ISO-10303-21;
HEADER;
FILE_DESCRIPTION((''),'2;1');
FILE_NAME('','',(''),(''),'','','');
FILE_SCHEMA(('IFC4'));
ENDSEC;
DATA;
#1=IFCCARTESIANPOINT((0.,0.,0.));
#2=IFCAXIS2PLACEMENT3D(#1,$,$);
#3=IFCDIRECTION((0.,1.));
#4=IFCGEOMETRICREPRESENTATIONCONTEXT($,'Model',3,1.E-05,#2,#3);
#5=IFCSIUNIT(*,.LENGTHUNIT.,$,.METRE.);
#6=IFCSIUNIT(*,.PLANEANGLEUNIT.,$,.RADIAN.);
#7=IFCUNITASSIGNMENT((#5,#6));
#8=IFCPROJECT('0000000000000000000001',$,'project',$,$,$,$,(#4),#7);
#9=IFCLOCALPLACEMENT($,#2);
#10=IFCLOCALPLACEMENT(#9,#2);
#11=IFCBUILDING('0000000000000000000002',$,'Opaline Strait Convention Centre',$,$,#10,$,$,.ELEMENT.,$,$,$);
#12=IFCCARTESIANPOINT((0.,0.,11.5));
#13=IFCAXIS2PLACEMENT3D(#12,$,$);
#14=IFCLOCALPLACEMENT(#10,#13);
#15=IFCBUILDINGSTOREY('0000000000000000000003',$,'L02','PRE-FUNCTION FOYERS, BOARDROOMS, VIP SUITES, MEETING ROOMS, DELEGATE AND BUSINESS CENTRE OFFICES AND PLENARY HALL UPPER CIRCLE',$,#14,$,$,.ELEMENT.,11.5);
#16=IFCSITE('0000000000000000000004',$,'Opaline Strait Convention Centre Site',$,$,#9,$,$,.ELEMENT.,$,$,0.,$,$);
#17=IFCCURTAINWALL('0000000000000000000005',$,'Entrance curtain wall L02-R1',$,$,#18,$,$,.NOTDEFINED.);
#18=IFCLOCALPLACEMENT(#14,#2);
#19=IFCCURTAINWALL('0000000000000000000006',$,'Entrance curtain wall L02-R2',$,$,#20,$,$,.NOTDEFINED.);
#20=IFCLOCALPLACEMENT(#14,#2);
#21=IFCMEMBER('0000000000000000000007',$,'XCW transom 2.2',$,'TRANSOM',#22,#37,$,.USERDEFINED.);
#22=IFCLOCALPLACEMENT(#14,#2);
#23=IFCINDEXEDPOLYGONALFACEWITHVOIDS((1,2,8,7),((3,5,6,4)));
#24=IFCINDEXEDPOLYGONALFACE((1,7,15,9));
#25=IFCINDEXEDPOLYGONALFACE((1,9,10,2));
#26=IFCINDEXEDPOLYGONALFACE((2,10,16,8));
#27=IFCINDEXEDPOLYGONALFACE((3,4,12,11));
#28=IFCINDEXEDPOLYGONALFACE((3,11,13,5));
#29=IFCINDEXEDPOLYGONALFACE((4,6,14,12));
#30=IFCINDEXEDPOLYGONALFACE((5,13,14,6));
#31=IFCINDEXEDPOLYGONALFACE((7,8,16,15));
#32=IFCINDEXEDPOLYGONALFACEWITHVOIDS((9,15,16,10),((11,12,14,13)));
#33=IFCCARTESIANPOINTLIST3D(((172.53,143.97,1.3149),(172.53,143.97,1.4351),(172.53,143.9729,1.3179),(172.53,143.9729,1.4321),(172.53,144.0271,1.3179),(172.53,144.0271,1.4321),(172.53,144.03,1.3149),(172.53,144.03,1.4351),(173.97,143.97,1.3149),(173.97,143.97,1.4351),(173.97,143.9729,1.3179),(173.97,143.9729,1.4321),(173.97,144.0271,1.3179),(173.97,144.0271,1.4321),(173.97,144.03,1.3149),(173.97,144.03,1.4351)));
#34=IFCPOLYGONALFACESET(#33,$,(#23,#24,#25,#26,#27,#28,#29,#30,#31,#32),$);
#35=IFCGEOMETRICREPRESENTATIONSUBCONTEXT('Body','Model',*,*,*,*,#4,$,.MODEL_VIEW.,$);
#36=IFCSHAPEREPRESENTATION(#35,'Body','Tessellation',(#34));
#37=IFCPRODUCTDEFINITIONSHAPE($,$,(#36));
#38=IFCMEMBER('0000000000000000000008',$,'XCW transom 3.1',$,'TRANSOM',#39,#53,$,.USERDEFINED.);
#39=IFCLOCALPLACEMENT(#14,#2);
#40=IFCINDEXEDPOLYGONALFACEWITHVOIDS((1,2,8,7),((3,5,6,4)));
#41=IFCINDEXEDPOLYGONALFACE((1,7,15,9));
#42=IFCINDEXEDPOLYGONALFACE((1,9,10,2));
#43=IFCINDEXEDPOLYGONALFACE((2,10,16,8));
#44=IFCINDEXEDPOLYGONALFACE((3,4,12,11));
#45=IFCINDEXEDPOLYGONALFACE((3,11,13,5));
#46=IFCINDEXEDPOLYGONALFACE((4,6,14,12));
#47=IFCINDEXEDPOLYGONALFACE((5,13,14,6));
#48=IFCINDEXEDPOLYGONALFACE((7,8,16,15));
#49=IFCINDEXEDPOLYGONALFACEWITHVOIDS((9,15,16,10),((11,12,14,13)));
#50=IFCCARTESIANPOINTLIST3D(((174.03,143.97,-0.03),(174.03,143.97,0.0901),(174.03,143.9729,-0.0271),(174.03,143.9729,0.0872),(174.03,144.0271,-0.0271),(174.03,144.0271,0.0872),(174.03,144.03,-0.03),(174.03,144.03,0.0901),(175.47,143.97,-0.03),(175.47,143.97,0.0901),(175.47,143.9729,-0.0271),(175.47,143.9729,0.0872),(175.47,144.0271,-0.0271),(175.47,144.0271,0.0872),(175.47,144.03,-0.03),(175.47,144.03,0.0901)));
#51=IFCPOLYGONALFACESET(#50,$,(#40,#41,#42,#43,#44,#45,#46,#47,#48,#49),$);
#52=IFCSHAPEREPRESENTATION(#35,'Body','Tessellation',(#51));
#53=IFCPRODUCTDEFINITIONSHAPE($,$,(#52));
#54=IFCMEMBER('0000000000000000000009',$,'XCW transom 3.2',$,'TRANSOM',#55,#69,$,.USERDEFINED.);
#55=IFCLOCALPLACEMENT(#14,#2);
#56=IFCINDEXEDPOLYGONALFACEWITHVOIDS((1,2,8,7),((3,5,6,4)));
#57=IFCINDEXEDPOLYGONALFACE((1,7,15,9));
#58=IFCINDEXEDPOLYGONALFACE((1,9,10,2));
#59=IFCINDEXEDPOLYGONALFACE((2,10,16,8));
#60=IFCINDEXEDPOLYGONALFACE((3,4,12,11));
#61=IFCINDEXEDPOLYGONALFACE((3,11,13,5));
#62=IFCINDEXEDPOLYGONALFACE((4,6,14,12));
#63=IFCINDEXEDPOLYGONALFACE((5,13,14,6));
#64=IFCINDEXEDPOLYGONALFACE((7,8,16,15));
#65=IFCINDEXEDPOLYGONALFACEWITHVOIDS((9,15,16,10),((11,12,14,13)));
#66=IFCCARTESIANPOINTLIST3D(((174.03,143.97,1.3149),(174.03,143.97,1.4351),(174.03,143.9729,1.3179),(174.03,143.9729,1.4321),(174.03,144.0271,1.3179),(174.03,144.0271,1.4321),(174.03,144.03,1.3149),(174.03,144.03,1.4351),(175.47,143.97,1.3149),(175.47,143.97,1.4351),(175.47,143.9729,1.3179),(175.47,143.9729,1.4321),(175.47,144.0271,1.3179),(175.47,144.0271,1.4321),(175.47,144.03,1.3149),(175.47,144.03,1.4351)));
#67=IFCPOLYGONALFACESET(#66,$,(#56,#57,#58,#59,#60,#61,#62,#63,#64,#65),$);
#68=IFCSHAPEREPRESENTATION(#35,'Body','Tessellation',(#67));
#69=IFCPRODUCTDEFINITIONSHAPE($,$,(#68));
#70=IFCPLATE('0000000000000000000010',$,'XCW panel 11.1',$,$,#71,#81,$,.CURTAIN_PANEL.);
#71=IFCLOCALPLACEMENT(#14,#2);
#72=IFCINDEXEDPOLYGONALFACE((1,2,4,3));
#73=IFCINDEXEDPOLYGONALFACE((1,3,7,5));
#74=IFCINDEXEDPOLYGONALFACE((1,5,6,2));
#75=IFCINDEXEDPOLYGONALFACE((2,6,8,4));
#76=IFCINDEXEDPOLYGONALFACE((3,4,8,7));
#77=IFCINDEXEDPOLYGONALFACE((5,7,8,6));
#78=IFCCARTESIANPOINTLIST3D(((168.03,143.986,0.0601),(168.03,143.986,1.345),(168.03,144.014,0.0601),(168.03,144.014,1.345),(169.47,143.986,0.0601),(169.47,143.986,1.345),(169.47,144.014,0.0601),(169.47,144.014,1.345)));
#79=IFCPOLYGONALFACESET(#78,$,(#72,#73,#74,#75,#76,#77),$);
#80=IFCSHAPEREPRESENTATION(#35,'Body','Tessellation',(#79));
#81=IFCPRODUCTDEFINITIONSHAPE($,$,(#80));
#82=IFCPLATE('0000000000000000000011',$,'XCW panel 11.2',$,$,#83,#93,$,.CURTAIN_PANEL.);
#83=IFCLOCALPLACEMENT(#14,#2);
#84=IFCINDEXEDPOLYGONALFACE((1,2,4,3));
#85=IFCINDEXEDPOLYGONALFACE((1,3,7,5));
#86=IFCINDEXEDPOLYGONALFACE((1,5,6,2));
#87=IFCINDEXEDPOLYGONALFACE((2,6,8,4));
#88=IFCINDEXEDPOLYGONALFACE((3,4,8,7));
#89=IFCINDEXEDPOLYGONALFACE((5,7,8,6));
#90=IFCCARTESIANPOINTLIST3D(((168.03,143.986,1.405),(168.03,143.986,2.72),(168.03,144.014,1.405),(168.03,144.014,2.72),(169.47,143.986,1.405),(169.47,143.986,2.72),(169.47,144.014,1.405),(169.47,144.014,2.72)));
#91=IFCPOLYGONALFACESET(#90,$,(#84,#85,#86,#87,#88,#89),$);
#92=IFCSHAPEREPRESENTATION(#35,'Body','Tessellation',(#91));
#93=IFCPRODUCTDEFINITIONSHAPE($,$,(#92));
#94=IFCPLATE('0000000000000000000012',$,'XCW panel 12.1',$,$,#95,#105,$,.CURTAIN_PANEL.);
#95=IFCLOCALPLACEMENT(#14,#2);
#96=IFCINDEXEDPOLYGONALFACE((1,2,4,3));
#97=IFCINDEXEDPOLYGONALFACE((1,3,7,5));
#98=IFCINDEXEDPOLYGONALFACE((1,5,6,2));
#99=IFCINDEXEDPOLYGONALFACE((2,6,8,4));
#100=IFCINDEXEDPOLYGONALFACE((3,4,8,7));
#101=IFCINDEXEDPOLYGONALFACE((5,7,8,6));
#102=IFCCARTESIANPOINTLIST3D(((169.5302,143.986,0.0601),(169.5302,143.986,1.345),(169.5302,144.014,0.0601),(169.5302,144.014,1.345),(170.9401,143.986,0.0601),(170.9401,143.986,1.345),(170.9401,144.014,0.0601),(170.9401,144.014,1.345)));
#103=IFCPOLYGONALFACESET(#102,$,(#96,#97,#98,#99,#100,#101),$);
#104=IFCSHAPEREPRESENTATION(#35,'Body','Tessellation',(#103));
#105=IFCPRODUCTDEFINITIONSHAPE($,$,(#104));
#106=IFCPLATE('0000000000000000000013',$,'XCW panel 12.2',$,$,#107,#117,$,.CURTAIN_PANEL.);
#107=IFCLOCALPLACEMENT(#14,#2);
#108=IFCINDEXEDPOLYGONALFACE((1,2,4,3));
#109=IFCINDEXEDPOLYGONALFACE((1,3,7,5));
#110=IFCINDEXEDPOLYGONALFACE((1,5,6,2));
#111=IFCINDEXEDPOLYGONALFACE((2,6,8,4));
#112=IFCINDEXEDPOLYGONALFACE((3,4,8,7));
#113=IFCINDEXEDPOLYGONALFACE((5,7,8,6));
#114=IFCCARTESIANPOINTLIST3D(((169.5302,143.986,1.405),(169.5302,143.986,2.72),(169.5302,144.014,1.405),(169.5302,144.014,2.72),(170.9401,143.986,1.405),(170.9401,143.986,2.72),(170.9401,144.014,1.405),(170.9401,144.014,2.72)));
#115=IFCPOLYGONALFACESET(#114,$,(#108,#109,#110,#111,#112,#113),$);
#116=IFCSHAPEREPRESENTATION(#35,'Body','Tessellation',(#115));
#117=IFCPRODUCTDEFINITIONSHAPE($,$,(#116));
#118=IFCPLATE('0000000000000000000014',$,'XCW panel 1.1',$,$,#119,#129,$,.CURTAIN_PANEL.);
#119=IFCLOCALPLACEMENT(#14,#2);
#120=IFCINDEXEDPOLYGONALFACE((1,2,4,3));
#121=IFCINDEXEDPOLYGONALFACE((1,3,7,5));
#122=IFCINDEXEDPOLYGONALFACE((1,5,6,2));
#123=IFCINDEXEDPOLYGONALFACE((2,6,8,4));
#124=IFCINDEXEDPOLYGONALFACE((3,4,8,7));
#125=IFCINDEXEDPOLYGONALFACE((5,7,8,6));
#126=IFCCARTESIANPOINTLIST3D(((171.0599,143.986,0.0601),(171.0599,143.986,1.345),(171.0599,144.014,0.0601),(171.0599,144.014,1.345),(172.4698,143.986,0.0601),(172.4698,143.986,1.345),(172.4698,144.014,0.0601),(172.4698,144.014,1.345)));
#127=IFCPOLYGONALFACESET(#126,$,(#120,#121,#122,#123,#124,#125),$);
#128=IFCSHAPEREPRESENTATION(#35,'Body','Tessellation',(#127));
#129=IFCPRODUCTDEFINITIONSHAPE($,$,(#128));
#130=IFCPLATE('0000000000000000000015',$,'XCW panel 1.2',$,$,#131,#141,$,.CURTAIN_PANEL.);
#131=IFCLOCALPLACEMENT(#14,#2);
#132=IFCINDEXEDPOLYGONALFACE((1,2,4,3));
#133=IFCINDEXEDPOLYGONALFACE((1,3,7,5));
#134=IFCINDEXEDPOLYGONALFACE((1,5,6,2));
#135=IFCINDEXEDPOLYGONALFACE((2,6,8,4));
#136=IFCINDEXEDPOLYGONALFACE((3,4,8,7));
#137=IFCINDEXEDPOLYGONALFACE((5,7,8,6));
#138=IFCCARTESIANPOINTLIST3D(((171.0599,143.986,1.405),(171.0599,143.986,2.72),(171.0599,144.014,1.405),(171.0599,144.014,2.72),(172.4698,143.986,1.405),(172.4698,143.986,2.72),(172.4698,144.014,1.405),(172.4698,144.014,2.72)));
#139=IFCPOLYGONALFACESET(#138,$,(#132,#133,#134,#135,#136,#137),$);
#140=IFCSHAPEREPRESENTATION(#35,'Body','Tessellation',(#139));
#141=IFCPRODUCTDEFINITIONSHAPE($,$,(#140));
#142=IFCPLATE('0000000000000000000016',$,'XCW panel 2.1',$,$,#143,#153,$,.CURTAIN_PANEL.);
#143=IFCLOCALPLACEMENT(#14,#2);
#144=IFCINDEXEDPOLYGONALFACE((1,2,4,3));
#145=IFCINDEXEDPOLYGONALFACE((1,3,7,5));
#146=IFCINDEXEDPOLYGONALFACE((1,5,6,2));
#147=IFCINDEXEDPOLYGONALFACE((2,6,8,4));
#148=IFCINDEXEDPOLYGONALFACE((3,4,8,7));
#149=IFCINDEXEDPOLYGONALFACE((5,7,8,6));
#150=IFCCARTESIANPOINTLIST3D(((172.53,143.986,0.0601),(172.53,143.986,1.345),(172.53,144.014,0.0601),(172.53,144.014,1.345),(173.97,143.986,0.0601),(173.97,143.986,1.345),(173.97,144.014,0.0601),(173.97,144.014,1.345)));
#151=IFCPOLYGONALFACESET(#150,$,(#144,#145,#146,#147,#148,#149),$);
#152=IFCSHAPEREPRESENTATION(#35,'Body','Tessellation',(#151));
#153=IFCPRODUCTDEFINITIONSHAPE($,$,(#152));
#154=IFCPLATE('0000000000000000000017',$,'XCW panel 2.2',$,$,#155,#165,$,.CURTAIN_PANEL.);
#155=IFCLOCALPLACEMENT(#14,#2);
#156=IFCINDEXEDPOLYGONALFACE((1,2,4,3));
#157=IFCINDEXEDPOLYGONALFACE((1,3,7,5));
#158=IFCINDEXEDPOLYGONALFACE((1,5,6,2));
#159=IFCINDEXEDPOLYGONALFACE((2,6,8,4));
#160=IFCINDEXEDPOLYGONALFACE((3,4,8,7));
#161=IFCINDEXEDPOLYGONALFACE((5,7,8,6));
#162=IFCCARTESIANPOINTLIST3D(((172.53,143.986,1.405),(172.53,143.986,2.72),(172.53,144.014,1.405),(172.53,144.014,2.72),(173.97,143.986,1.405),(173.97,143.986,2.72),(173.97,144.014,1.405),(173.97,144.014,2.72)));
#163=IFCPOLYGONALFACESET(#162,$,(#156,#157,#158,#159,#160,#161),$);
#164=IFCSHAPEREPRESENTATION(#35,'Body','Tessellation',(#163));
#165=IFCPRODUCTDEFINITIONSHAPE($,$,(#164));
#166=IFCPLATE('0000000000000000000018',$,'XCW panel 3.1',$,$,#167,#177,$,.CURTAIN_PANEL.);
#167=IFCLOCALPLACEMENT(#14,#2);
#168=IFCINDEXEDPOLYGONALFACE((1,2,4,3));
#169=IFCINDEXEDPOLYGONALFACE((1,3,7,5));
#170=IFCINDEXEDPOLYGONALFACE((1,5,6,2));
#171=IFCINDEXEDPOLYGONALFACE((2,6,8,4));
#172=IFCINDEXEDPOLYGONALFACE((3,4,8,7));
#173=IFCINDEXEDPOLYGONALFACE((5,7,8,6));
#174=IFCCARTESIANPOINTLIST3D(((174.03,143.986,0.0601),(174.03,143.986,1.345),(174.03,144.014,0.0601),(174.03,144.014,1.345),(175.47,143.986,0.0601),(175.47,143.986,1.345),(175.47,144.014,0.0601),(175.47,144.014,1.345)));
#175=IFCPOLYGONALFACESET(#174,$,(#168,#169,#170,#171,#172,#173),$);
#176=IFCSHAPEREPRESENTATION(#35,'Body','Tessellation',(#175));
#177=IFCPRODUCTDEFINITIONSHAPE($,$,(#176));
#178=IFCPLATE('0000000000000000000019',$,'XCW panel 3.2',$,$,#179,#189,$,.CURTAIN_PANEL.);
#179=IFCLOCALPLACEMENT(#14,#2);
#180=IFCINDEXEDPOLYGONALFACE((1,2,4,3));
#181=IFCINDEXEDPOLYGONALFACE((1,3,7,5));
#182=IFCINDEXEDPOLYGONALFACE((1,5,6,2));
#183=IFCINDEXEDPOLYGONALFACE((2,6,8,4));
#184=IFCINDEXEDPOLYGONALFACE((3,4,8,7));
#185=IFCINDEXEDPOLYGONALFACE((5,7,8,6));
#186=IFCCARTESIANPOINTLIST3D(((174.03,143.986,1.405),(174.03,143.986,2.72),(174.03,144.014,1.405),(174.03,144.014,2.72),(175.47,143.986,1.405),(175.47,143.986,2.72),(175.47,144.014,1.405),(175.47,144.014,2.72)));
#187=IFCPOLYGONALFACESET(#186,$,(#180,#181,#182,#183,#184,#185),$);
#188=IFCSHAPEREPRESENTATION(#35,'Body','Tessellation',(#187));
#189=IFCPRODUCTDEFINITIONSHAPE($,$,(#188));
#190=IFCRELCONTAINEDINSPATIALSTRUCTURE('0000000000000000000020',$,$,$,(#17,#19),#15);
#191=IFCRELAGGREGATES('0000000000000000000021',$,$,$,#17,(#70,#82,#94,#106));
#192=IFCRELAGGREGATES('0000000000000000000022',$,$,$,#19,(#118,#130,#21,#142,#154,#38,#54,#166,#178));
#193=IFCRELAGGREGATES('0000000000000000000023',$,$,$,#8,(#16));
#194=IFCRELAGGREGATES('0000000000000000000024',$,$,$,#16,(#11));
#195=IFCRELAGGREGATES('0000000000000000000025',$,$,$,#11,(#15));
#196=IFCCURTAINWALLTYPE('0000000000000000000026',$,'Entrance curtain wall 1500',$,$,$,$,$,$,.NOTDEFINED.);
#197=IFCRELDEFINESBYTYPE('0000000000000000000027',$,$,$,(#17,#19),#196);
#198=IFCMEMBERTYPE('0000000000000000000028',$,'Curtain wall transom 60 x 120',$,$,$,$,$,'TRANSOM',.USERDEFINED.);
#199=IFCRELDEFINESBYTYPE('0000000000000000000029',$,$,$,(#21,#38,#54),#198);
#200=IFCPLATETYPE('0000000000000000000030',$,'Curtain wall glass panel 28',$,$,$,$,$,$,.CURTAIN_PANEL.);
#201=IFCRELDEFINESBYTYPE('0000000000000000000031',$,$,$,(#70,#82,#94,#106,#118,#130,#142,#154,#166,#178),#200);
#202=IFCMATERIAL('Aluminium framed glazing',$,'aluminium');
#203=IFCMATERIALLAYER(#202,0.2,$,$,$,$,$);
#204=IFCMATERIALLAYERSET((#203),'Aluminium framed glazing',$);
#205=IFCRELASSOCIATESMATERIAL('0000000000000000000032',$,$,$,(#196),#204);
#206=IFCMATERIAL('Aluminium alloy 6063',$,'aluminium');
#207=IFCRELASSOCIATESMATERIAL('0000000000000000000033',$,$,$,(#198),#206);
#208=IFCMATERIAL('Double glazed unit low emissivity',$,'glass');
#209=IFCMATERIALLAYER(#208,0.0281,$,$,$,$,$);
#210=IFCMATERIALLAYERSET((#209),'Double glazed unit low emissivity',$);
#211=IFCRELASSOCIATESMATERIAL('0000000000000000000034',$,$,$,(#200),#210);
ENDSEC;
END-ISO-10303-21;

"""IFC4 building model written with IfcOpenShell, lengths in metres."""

from ifc_helpers import new_model, si_unit, direction, frame, origin, origin_2d, place, context, subcontext, project, spatial, rectangle, hollow_rectangle, extrude, material, layer, layer_set, material_profile, profile_set, type_object, element, aggregate, save


model = new_model("IFC4")

# Units and contexts
model_context = context("Model", 3, precision=1e-05, world=origin(), true_north=direction((0.0, 1.0)))
body_context = subcontext(model_context, "Body", "Model", "MODEL_VIEW")
ifc_project = project(units=[si_unit("LENGTHUNIT", "METRE"), si_unit("PLANEANGLEUNIT", "RADIAN")], contexts=[model_context])

# Site, building, storey
site_placement = place(None, origin())
site = spatial("IfcSite", under=ifc_project, at=site_placement, Name="Opaline Strait Convention Centre Site", CompositionType="ELEMENT", RefElevation=0.0)
building_placement = place(site_placement, origin())
building = spatial("IfcBuilding", under=site, at=building_placement, Name="Opaline Strait Convention Centre", CompositionType="ELEMENT")
storey_placement = place(building_placement, frame((0.0, 0.0, 11.5)))
storey = spatial("IfcBuildingStorey", under=building, at=storey_placement, Name="L02", Description="PRE-FUNCTION FOYERS, BOARDROOMS, VIP SUITES, MEETING ROOMS, DELEGATE AND BUSINESS CENTRE OFFICES AND PLENARY HALL UPPER CIRCLE", CompositionType="ELEMENT", Elevation=11.5)

# Curtain walls
ifc_material_1 = material(Name="Aluminium framed glazing", Category="aluminium")
ifc_layer_1 = layer(ifc_material_1, 0.2)
ifc_layer_set_1 = layer_set([ifc_layer_1], Name="Aluminium framed glazing")
curtain_wall_type = type_object("IfcCurtainWallType", Name="Entrance curtain wall 1500", PredefinedType="NOTDEFINED", material=ifc_layer_set_1)
curtain_wall_1_placement = place(storey_placement, origin())
curtain_wall_1 = element("IfcCurtainWall", 1, at=curtain_wall_1_placement, inside=storey, type_object=curtain_wall_type, Name="Entrance curtain wall L02-R1", PredefinedType="NOTDEFINED")
ifc_material_2 = material(Name="Aluminium alloy 6063", Category="aluminium")
curtain_wall_2_placement = place(storey_placement, origin())
curtain_wall_2 = element("IfcCurtainWall", 2, at=curtain_wall_2_placement, inside=storey, type_object=curtain_wall_type, Name="Entrance curtain wall L02-R2", PredefinedType="NOTDEFINED")

# Members
ifc_material_profile_1 = material_profile(ifc_material_2, hollow_rectangle(XDim=0.0601, YDim=0.1201, WallThickness=0.0029, at=origin_2d()), Name="TRANSOM 60x120x3")
ifc_profile_set_1 = profile_set([ifc_material_profile_1], Name="Aluminium alloy 6063")
member_type_1 = type_object("IfcMemberType", Name="Curtain wall transom 60 x 120", ElementType="TRANSOM", PredefinedType="USERDEFINED", material=ifc_profile_set_1)
member_1_placement = place(storey_placement, frame((172.53, 144.0, 1.375), z_axis=(1.0, 0.0, 0.0), x_axis=(0.0, 1.0, 0.0)))
member_1 = element("IfcMember", 3, at=member_1_placement, type_object=member_type_1, Name="XCW transom 2.2", ObjectType="TRANSOM", PredefinedType="USERDEFINED", context=body_context, shape_type="SweptSolid", body=[
    extrude(hollow_rectangle(XDim=0.0601, YDim=0.1201, WallThickness=0.0029, at=origin_2d()), origin(), (0.0, 0.0, 1.0), 1.4399),
])
member_2_placement = place(storey_placement, frame((174.03, 144.0, 0.03), z_axis=(1.0, 0.0, 0.0), x_axis=(0.0, 1.0, 0.0)))
member_2 = element("IfcMember", 4, at=member_2_placement, type_object=member_type_1, Name="XCW transom 3.1", ObjectType="TRANSOM", PredefinedType="USERDEFINED", context=body_context, shape_type="SweptSolid", body=[
    extrude(hollow_rectangle(XDim=0.0601, YDim=0.1201, WallThickness=0.0029, at=origin_2d()), origin(), (0.0, 0.0, 1.0), 1.4399),
])
member_3_placement = place(storey_placement, frame((174.03, 144.0, 1.375), z_axis=(1.0, 0.0, 0.0), x_axis=(0.0, 1.0, 0.0)))
member_3 = element("IfcMember", 5, at=member_3_placement, type_object=member_type_1, Name="XCW transom 3.2", ObjectType="TRANSOM", PredefinedType="USERDEFINED", context=body_context, shape_type="SweptSolid", body=[
    extrude(hollow_rectangle(XDim=0.0601, YDim=0.1201, WallThickness=0.0029, at=origin_2d()), origin(), (0.0, 0.0, 1.0), 1.4399),
])

# Plates
ifc_material_3 = material(Name="Double glazed unit low emissivity", Category="glass")
ifc_layer_2 = layer(ifc_material_3, 0.0281)
ifc_layer_set_2 = layer_set([ifc_layer_2], Name="Double glazed unit low emissivity")
plate_type = type_object("IfcPlateType", Name="Curtain wall glass panel 28", PredefinedType="CURTAIN_PANEL", material=ifc_layer_set_2)
plate_1_placement = place(storey_placement, frame((168.75, 144.0, 0.0601), z_axis=(0.0, 0.0, 1.0), x_axis=(1.0, 0.0, 0.0)))
plate_1 = element("IfcPlate", 6, at=plate_1_placement, type_object=plate_type, Name="XCW panel 11.1", PredefinedType="CURTAIN_PANEL", context=body_context, shape_type="SweptSolid", body=[
    extrude(rectangle(XDim=1.4399, YDim=0.0281, at=origin_2d()), origin(), (0.0, 0.0, 1.0), 1.2849),
])
plate_2_placement = place(storey_placement, frame((168.75, 144.0, 1.405), z_axis=(0.0, 0.0, 1.0), x_axis=(1.0, 0.0, 0.0)))
plate_2 = element("IfcPlate", 7, at=plate_2_placement, type_object=plate_type, Name="XCW panel 11.2", PredefinedType="CURTAIN_PANEL", context=body_context, shape_type="SweptSolid", body=[
    extrude(rectangle(XDim=1.4399, YDim=0.0281, at=origin_2d()), origin(), (0.0, 0.0, 1.0), 1.3149),
])
plate_3_placement = place(storey_placement, frame((170.2351, 144.0, 0.0601), z_axis=(0.0, 0.0, 1.0), x_axis=(1.0, 0.0, 0.0)))
plate_3 = element("IfcPlate", 8, at=plate_3_placement, type_object=plate_type, Name="XCW panel 12.1", PredefinedType="CURTAIN_PANEL", context=body_context, shape_type="SweptSolid", body=[
    extrude(rectangle(XDim=1.4099, YDim=0.0281, at=origin_2d()), origin(), (0.0, 0.0, 1.0), 1.2849),
])
plate_4_placement = place(storey_placement, frame((170.2351, 144.0, 1.405), z_axis=(0.0, 0.0, 1.0), x_axis=(1.0, 0.0, 0.0)))
plate_4 = element("IfcPlate", 9, at=plate_4_placement, type_object=plate_type, Name="XCW panel 12.2", PredefinedType="CURTAIN_PANEL", context=body_context, shape_type="SweptSolid", body=[
    extrude(rectangle(XDim=1.4099, YDim=0.0281, at=origin_2d()), origin(), (0.0, 0.0, 1.0), 1.3149),
])
aggregate(curtain_wall_1, [plate_1, plate_2, plate_3, plate_4])
plate_5_placement = place(storey_placement, frame((171.7649, 144.0, 0.0601), z_axis=(0.0, 0.0, 1.0), x_axis=(1.0, 0.0, 0.0)))
plate_5 = element("IfcPlate", 10, at=plate_5_placement, type_object=plate_type, Name="XCW panel 1.1", PredefinedType="CURTAIN_PANEL", context=body_context, shape_type="SweptSolid", body=[
    extrude(rectangle(XDim=1.4099, YDim=0.0281, at=origin_2d()), origin(), (0.0, 0.0, 1.0), 1.2849),
])
plate_6_placement = place(storey_placement, frame((171.7649, 144.0, 1.405), z_axis=(0.0, 0.0, 1.0), x_axis=(1.0, 0.0, 0.0)))
plate_6 = element("IfcPlate", 11, at=plate_6_placement, type_object=plate_type, Name="XCW panel 1.2", PredefinedType="CURTAIN_PANEL", context=body_context, shape_type="SweptSolid", body=[
    extrude(rectangle(XDim=1.4099, YDim=0.0281, at=origin_2d()), origin(), (0.0, 0.0, 1.0), 1.3149),
])
plate_7_placement = place(storey_placement, frame((173.25, 144.0, 0.0601), z_axis=(0.0, 0.0, 1.0), x_axis=(1.0, 0.0, 0.0)))
plate_7 = element("IfcPlate", 12, at=plate_7_placement, type_object=plate_type, Name="XCW panel 2.1", PredefinedType="CURTAIN_PANEL", context=body_context, shape_type="SweptSolid", body=[
    extrude(rectangle(XDim=1.4399, YDim=0.0281, at=origin_2d()), origin(), (0.0, 0.0, 1.0), 1.2849),
])
plate_8_placement = place(storey_placement, frame((173.25, 144.0, 1.405), z_axis=(0.0, 0.0, 1.0), x_axis=(1.0, 0.0, 0.0)))
plate_8 = element("IfcPlate", 13, at=plate_8_placement, type_object=plate_type, Name="XCW panel 2.2", PredefinedType="CURTAIN_PANEL", context=body_context, shape_type="SweptSolid", body=[
    extrude(rectangle(XDim=1.4399, YDim=0.0281, at=origin_2d()), origin(), (0.0, 0.0, 1.0), 1.3149),
])
plate_9_placement = place(storey_placement, frame((174.75, 144.0, 0.0601), z_axis=(0.0, 0.0, 1.0), x_axis=(1.0, 0.0, 0.0)))
plate_9 = element("IfcPlate", 14, at=plate_9_placement, type_object=plate_type, Name="XCW panel 3.1", PredefinedType="CURTAIN_PANEL", context=body_context, shape_type="SweptSolid", body=[
    extrude(rectangle(XDim=1.4399, YDim=0.0281, at=origin_2d()), origin(), (0.0, 0.0, 1.0), 1.2849),
])
plate_10_placement = place(storey_placement, frame((174.75, 144.0, 1.405), z_axis=(0.0, 0.0, 1.0), x_axis=(1.0, 0.0, 0.0)))
plate_10 = element("IfcPlate", 15, at=plate_10_placement, type_object=plate_type, Name="XCW panel 3.2", PredefinedType="CURTAIN_PANEL", context=body_context, shape_type="SweptSolid", body=[
    extrude(rectangle(XDim=1.4399, YDim=0.0281, at=origin_2d()), origin(), (0.0, 0.0, 1.0), 1.3149),
])
aggregate(curtain_wall_2, [plate_5, plate_6, member_1, plate_7, plate_8, member_2, member_3, plate_9, plate_10])

save(model, "model.ifc")
